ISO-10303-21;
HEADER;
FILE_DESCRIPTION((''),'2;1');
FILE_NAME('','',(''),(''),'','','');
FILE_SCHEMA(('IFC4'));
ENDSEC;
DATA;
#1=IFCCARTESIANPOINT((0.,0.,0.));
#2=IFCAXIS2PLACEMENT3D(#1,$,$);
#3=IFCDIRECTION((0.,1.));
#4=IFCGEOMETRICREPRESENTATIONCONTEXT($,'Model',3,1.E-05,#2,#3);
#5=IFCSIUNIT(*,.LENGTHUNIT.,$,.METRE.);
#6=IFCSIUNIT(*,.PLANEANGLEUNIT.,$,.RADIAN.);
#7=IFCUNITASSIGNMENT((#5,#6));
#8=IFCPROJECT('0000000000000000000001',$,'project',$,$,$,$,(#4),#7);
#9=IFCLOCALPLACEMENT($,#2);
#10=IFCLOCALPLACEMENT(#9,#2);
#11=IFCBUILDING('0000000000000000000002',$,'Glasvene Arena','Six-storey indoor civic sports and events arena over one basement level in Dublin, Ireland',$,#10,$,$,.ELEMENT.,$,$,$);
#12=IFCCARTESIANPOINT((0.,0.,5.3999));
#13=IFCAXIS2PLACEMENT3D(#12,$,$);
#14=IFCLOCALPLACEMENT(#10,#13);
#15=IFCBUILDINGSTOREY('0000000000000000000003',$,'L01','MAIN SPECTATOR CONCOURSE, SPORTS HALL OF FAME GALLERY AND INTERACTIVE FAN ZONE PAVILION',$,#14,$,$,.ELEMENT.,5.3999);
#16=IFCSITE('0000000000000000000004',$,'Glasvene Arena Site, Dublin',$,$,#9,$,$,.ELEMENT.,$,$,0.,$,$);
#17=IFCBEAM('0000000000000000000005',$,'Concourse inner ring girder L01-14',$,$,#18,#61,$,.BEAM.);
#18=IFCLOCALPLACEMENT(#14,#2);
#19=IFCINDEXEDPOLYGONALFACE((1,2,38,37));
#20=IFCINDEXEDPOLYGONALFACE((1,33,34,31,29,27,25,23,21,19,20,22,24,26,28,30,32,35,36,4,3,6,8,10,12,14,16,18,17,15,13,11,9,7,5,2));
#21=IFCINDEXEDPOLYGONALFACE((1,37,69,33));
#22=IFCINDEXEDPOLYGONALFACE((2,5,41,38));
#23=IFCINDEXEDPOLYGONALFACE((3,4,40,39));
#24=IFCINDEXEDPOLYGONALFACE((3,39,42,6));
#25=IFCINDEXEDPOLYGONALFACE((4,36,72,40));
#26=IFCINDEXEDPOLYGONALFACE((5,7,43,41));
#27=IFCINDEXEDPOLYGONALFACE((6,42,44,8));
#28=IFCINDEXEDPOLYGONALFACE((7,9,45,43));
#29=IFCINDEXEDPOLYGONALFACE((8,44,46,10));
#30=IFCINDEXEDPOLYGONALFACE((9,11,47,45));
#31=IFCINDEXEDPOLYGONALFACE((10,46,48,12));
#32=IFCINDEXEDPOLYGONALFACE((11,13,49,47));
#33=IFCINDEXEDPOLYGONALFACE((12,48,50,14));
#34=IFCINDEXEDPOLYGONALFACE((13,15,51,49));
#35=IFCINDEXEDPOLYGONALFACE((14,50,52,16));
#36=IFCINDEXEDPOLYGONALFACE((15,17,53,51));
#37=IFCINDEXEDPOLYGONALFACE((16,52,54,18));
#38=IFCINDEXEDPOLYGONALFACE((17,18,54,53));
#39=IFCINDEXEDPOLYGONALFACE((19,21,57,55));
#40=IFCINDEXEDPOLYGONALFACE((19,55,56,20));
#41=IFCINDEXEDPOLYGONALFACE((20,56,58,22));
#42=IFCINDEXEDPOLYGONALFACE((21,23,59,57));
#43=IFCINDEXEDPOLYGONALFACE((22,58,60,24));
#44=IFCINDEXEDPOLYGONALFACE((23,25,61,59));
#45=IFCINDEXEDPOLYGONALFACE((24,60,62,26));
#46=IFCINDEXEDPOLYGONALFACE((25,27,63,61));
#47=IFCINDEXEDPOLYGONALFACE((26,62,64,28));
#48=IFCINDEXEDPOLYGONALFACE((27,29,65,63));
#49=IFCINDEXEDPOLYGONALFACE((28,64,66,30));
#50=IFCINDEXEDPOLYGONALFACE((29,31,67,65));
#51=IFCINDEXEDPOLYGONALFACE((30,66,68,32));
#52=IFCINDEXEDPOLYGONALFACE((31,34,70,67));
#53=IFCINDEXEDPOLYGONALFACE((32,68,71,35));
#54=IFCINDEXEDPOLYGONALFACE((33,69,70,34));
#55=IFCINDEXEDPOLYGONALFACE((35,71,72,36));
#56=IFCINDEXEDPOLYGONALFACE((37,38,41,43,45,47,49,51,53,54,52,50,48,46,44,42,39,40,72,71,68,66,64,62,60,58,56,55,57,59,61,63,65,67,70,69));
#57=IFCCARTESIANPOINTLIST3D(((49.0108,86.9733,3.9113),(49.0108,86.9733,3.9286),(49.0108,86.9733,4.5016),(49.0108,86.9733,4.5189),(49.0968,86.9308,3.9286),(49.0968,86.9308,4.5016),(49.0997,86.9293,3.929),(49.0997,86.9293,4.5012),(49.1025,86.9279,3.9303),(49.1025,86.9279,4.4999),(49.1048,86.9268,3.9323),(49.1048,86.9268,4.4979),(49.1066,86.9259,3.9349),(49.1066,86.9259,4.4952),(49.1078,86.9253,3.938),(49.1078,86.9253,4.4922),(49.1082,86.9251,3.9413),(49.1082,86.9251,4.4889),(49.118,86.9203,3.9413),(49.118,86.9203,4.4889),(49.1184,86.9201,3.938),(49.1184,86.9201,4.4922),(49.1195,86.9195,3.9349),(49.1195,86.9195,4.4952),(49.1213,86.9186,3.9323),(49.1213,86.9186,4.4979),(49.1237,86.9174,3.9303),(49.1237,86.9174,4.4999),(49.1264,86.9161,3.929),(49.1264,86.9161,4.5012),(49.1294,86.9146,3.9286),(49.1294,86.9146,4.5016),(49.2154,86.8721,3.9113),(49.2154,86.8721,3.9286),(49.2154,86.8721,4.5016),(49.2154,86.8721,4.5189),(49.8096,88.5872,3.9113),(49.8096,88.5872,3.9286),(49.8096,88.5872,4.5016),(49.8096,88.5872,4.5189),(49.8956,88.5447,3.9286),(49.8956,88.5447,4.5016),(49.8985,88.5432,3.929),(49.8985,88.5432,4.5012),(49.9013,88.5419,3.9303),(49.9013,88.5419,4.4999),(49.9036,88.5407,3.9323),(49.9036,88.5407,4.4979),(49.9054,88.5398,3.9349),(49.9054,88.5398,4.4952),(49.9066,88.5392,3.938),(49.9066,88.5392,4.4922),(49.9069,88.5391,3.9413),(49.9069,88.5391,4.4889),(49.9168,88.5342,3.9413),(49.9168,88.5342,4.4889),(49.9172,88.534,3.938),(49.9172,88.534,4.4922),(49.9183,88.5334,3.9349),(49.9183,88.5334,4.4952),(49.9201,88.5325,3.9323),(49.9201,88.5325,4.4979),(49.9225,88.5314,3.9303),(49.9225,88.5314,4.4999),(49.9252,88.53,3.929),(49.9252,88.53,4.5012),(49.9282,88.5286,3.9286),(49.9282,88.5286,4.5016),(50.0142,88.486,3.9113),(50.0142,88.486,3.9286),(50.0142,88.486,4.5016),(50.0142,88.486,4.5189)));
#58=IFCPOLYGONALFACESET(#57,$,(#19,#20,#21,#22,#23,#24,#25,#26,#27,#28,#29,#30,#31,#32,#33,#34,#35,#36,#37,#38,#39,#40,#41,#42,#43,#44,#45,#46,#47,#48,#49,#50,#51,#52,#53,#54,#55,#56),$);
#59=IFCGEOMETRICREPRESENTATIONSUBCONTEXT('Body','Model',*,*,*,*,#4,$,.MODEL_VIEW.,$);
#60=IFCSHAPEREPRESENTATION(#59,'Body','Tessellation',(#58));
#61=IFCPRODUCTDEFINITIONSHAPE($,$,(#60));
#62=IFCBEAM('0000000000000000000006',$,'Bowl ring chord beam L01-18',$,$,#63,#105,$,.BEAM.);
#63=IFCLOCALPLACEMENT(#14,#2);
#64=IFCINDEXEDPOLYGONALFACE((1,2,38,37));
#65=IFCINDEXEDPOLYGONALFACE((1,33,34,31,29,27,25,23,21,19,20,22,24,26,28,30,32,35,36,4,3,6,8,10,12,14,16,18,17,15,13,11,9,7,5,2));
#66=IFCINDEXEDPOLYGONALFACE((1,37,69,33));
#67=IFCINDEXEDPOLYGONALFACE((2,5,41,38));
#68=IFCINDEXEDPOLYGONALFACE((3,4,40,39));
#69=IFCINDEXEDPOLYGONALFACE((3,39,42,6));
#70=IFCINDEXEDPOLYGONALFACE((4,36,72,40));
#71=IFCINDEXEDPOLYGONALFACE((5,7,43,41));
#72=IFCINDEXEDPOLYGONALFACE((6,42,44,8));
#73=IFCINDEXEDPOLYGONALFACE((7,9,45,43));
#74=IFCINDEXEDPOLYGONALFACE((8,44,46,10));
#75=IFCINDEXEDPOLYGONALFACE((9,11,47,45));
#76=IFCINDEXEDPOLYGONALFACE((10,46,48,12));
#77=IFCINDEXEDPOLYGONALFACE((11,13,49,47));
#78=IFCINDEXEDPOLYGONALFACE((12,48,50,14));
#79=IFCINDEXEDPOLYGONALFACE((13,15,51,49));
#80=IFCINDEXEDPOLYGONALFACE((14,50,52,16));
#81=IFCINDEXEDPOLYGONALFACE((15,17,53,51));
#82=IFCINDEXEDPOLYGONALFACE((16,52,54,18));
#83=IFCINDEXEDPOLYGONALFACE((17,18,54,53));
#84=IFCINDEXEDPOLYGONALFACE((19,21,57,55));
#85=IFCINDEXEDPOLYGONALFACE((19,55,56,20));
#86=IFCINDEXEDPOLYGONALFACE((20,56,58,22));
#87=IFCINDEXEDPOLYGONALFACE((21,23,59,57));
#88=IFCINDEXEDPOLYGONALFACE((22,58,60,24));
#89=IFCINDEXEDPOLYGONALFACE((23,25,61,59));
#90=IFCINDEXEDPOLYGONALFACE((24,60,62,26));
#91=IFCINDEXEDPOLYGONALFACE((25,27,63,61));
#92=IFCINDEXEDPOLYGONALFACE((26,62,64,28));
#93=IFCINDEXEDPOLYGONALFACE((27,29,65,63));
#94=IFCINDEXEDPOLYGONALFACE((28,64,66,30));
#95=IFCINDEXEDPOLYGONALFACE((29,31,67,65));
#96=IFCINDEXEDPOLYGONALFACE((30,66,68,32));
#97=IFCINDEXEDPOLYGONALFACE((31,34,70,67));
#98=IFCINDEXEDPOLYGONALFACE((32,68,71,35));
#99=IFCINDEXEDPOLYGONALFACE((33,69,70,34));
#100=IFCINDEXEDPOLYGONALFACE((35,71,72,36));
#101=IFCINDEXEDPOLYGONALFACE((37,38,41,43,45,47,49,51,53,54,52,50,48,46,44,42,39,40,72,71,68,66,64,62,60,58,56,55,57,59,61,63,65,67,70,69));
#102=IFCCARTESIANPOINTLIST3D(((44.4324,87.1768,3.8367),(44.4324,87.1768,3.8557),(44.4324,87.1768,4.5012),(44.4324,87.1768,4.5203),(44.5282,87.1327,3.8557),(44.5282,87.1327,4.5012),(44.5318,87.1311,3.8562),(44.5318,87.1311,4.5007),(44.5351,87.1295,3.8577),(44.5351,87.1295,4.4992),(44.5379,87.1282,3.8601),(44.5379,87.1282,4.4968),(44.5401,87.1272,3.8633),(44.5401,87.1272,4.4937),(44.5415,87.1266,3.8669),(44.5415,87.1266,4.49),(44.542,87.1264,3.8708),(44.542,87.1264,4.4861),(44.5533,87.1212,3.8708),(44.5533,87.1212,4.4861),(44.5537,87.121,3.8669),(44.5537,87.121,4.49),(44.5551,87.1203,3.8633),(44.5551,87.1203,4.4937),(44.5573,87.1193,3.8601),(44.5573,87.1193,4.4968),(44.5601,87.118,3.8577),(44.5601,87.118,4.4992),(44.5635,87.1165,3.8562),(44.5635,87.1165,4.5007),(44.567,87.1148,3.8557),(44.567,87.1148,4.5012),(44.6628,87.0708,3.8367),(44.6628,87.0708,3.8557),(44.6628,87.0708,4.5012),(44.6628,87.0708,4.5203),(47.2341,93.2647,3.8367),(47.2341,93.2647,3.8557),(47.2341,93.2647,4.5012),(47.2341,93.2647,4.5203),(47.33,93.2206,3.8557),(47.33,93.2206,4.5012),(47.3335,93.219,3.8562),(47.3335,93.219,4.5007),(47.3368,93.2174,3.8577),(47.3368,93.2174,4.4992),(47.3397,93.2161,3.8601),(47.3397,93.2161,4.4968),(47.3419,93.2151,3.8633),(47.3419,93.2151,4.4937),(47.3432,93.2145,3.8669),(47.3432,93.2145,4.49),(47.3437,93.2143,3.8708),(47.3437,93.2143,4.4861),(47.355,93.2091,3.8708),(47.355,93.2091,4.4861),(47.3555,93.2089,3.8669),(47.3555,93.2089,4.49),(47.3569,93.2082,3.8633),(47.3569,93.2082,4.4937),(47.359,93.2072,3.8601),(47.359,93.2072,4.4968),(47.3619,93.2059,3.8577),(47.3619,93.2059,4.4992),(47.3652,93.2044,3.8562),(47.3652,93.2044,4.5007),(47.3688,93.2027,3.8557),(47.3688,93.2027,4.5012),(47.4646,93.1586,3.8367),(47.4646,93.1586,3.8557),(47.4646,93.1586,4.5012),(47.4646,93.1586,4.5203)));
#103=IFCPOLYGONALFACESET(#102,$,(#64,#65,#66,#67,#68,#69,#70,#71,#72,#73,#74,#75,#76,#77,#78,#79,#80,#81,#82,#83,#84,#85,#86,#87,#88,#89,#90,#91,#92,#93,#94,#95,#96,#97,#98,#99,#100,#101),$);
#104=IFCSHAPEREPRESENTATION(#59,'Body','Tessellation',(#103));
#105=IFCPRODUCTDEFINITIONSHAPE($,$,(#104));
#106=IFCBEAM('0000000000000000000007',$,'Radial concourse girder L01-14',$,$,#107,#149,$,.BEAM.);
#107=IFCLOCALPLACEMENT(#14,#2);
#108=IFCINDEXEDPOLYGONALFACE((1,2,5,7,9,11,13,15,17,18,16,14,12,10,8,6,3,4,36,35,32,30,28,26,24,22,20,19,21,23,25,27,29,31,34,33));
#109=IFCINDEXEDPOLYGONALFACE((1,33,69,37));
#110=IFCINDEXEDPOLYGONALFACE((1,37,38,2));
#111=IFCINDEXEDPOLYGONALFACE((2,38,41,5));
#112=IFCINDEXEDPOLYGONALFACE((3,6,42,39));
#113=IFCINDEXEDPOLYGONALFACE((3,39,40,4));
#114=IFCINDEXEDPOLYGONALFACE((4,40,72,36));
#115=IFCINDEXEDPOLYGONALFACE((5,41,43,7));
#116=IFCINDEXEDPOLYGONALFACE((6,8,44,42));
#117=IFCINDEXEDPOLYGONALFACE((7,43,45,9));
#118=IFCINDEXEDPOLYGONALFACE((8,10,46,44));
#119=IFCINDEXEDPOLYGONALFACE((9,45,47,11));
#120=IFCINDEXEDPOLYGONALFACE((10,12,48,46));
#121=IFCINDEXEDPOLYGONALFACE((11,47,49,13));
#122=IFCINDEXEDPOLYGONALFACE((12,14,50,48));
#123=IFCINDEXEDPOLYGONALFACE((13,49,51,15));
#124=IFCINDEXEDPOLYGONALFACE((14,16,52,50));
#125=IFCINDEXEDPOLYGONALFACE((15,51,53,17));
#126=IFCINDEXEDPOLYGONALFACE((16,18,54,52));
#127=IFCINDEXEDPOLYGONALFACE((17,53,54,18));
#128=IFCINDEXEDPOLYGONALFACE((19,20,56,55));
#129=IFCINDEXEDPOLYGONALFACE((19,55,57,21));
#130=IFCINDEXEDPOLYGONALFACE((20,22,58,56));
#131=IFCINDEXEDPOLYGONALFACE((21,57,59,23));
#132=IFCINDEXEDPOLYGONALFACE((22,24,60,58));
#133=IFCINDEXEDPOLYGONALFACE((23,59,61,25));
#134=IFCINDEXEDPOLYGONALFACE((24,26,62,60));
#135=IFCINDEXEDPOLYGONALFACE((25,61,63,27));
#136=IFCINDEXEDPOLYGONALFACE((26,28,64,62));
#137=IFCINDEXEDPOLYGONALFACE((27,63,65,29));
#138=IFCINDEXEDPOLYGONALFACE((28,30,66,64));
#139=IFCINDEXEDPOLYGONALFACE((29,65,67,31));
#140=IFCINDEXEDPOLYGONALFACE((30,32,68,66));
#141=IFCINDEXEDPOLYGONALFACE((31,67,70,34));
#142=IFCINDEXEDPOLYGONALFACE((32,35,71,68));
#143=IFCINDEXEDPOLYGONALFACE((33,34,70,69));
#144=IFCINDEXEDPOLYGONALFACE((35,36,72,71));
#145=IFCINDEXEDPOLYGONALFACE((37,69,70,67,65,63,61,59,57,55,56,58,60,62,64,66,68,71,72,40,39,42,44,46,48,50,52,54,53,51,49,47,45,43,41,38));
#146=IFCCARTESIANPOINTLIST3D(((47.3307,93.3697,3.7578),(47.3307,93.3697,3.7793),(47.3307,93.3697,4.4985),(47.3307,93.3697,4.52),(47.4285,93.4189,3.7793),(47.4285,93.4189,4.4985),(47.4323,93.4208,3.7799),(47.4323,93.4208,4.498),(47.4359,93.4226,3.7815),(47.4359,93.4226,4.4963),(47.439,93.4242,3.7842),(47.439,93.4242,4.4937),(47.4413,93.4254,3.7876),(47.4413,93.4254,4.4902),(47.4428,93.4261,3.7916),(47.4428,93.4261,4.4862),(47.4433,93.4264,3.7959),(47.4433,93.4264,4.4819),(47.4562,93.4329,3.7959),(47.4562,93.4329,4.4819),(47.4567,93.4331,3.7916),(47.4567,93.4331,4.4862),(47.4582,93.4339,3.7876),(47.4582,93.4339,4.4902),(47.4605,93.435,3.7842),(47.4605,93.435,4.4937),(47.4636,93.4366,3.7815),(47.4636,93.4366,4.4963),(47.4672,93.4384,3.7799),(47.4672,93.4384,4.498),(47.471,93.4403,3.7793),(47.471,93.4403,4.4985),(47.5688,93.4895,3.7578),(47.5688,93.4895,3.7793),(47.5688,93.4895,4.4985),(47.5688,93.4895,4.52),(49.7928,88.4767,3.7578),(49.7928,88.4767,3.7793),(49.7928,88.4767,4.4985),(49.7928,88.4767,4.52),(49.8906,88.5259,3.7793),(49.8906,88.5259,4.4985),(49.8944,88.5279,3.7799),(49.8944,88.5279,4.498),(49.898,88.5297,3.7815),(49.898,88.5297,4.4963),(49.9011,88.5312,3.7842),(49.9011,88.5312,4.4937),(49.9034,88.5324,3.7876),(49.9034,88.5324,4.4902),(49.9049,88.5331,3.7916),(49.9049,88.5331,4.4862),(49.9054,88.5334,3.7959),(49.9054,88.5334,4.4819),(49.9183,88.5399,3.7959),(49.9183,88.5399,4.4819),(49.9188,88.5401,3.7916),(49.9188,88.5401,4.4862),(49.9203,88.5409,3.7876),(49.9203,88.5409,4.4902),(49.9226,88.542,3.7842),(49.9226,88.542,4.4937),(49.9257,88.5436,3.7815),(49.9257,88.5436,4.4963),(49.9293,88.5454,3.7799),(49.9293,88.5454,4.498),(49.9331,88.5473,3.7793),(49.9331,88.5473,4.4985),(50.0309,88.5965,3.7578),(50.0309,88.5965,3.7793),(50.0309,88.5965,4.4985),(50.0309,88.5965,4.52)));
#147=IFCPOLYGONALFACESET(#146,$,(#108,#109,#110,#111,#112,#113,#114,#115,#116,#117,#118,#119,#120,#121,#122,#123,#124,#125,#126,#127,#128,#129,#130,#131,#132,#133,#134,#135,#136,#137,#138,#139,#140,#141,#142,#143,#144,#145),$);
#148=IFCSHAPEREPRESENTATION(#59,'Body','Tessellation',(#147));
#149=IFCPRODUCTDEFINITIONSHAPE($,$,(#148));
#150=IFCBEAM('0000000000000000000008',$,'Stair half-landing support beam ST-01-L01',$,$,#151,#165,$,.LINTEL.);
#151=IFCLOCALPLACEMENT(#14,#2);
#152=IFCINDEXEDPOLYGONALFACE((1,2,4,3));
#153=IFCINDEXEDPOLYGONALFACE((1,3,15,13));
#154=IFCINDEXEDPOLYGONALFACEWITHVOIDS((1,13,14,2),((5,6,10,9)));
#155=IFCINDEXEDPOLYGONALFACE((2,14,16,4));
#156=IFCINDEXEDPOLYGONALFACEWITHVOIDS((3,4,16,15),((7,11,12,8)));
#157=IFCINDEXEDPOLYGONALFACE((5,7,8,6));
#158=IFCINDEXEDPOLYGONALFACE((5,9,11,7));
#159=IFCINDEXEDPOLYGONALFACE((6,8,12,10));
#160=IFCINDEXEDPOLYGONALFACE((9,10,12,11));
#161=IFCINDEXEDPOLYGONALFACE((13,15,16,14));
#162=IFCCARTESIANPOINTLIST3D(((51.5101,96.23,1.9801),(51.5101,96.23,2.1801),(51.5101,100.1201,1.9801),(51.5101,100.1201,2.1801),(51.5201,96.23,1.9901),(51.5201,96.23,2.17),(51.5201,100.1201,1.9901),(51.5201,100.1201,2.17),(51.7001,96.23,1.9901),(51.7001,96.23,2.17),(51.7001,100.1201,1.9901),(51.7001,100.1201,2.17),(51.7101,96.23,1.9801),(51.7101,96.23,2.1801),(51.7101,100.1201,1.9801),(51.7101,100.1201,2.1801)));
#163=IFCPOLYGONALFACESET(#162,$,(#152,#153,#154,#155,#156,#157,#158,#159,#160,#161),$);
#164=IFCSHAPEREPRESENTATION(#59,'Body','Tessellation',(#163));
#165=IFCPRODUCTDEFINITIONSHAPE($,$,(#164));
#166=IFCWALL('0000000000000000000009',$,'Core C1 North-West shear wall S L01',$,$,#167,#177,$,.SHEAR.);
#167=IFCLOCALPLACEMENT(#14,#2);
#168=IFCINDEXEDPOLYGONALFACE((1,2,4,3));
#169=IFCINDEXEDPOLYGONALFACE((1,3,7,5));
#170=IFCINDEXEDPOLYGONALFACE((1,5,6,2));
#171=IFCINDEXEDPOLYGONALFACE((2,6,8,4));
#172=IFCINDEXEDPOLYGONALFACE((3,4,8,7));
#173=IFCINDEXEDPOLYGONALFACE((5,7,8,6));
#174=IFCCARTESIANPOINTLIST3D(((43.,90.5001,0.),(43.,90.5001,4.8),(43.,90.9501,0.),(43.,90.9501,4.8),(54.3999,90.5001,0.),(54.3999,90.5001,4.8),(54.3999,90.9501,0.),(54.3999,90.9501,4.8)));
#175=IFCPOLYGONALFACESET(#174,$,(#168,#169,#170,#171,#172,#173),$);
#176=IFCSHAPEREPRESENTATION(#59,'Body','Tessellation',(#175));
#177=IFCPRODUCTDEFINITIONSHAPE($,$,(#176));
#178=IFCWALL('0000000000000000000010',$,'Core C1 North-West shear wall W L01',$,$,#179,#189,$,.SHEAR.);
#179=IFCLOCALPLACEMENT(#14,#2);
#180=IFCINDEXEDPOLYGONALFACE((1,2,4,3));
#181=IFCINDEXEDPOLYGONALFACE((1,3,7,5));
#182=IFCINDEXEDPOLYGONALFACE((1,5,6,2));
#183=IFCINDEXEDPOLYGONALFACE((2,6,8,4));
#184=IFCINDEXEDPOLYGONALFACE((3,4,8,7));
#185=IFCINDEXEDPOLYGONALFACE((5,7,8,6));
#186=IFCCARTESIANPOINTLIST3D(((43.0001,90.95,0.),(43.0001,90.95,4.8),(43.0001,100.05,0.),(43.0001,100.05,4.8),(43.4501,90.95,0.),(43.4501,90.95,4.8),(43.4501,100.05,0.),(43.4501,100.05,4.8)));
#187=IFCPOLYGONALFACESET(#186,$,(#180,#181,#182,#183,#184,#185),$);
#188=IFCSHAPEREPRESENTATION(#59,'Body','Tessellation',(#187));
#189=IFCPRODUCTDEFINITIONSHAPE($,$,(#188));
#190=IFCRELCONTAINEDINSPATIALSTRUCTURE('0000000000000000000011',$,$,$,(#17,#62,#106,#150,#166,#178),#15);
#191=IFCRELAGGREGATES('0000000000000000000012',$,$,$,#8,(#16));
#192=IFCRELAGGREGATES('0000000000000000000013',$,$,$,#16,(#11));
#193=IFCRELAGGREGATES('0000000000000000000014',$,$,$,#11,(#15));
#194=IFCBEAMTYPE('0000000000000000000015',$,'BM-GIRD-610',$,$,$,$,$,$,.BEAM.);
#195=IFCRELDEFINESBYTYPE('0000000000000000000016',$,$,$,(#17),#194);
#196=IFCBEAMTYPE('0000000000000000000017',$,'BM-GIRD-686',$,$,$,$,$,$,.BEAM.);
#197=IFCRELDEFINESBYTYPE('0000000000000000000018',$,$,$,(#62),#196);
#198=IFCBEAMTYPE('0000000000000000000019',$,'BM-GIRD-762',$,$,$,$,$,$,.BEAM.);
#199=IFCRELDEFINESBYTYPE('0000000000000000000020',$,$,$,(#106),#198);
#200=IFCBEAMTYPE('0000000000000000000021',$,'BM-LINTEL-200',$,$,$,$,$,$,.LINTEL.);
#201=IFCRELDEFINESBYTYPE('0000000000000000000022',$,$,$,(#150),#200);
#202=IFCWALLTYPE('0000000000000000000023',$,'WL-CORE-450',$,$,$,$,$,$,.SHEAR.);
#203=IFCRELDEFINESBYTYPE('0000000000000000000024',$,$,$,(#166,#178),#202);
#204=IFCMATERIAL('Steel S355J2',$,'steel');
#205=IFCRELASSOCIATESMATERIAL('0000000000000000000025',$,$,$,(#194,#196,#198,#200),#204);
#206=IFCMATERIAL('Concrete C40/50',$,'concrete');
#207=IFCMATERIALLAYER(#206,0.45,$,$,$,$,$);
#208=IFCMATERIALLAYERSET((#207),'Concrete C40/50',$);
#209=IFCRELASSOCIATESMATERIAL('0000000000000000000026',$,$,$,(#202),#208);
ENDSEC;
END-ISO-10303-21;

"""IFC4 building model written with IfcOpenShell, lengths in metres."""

from ifc_helpers import new_model, si_unit, direction, frame, frame_2d, origin, origin_2d, place, context, subcontext, project, spatial, rectangle, hollow_rectangle, i_section, extrude, material, layer, layer_set, material_profile, profile_set, type_object, element, save


model = new_model("IFC4")

# Units and contexts
model_context = context("Model", 3, precision=1e-05, world=origin(), true_north=direction((0.0, 1.0)))
body_context = subcontext(model_context, "Body", "Model", "MODEL_VIEW")
ifc_project = project(units=[si_unit("LENGTHUNIT", "METRE"), si_unit("PLANEANGLEUNIT", "RADIAN")], contexts=[model_context])

# Site, building, storey
site_placement = place(None, origin())
site = spatial("IfcSite", under=ifc_project, at=site_placement, Name="Glasvene Arena Site, Dublin", CompositionType="ELEMENT", RefElevation=0.0)
building_placement = place(site_placement, origin())
building = spatial("IfcBuilding", under=site, at=building_placement, Name="Glasvene Arena", Description="Six-storey indoor civic sports and events arena over one basement level in Dublin, Ireland", CompositionType="ELEMENT")
storey_placement = place(building_placement, frame((0.0, 0.0, 5.3999)))
storey = spatial("IfcBuildingStorey", under=building, at=storey_placement, Name="L01", Description="MAIN SPECTATOR CONCOURSE, SPORTS HALL OF FAME GALLERY AND INTERACTIVE FAN ZONE PAVILION", CompositionType="ELEMENT", Elevation=5.3999)

# Shared definitions
ifc_material_1 = material(Name="Concrete C40/50", Category="concrete")
ifc_material_2 = material(Name="Steel S355J2", Category="steel")

# Beams
ifc_material_profile_1 = material_profile(ifc_material_2, i_section(OverallWidth=0.2283, OverallDepth=0.6077, WebThickness=0.011, FlangeThickness=0.0173, FilletRadius=0.0127, at=origin_2d()), Name="UKB 610x229x113")
ifc_profile_set_1 = profile_set([ifc_material_profile_1], Name="Steel S355J2")
beam_type_1 = type_object("IfcBeamType", Name="BM-GIRD-610", PredefinedType="BEAM", material=ifc_profile_set_1)
beam_1_placement = place(storey_placement, frame((49.9119, 88.5366, 4.2151), z_axis=(-0.443577, -0.896236, 0.0), x_axis=(0.896236, -0.443577, 0.0)))
element("IfcBeam", 1, at=beam_1_placement, inside=storey, type_object=beam_type_1, Name="Concourse inner ring girder L01-14", PredefinedType="BEAM", context=body_context, shape_type="SweptSolid", body=[
    extrude(i_section(OverallWidth=0.2283, OverallDepth=0.6077, WebThickness=0.011, FlangeThickness=0.0173, FilletRadius=0.0127, at=origin_2d()), origin(), (0.0, 0.0, 1.0), 1.8008),
])
ifc_material_profile_2 = material_profile(ifc_material_2, i_section(OverallWidth=0.2537, OverallDepth=0.6836, WebThickness=0.0125, FlangeThickness=0.019, FilletRadius=0.0151, at=origin_2d()), Name="UKB 686x254x140")
ifc_profile_set_2 = profile_set([ifc_material_profile_2], Name="Steel S355J2")
beam_type_2 = type_object("IfcBeamType", Name="BM-GIRD-686", PredefinedType="BEAM", material=ifc_profile_set_2)
beam_2_placement = place(storey_placement, frame((47.3494, 93.2117, 4.1785), z_axis=(-0.418069, -0.908415, 0.0), x_axis=(0.908415, -0.418069, 0.0)))
element("IfcBeam", 2, at=beam_2_placement, inside=storey, type_object=beam_type_2, Name="Bowl ring chord beam L01-18", PredefinedType="BEAM", context=body_context, shape_type="SweptSolid", body=[
    extrude(i_section(OverallWidth=0.2537, OverallDepth=0.6836, WebThickness=0.0125, FlangeThickness=0.019, FilletRadius=0.0151, at=origin_2d()), origin(), (0.0, 0.0, 1.0), 6.7017),
])
ifc_material_profile_3 = material_profile(ifc_material_2, i_section(OverallWidth=0.2666, OverallDepth=0.7622, WebThickness=0.0144, FlangeThickness=0.0215, FilletRadius=0.0166, at=origin_2d()), Name="UKB 762x267x173")
ifc_profile_set_3 = profile_set([ifc_material_profile_3], Name="Steel S355J2")
beam_type_3 = type_object("IfcBeamType", Name="BM-GIRD-762", PredefinedType="BEAM", material=ifc_profile_set_3)
beam_3_placement = place(storey_placement, frame((49.9119, 88.5366, 4.1389), z_axis=(-0.449494, 0.893283, 0.0), x_axis=(-0.893283, -0.449494, 0.0)))
element("IfcBeam", 3, at=beam_3_placement, inside=storey, type_object=beam_type_3, Name="Radial concourse girder L01-14", PredefinedType="BEAM", context=body_context, shape_type="SweptSolid", body=[
    extrude(i_section(OverallWidth=0.2666, OverallDepth=0.7622, WebThickness=0.0144, FlangeThickness=0.0215, FilletRadius=0.0166, at=origin_2d()), origin(), (0.0, 0.0, 1.0), 5.4775),
])
ifc_material_profile_4 = material_profile(ifc_material_2, hollow_rectangle(XDim=0.2, YDim=0.2, WallThickness=0.01, at=origin_2d()), Name="SHS 200x200x10.0")
ifc_profile_set_4 = profile_set([ifc_material_profile_4], Name="Steel S355J2")
beam_type_4 = type_object("IfcBeamType", Name="BM-LINTEL-200", PredefinedType="LINTEL", material=ifc_profile_set_4)
beam_4_placement = place(storey_placement, frame((51.6101, 96.23, 2.0801), z_axis=(0.0, 1.0, 0.0), x_axis=(-1.0, 0.0, 0.0)))
element("IfcBeam", 4, at=beam_4_placement, inside=storey, type_object=beam_type_4, Name="Stair half-landing support beam ST-01-L01", PredefinedType="LINTEL", context=body_context, shape_type="SweptSolid", body=[
    extrude(hollow_rectangle(XDim=0.2, YDim=0.2, WallThickness=0.01, at=origin_2d()), origin(), (0.0, 0.0, 1.0), 3.8901),
])

# Walls
ifc_layer_1 = layer(ifc_material_1, 0.45)
ifc_layer_set_1 = layer_set([ifc_layer_1], Name="Concrete C40/50")
wall_type_1 = type_object("IfcWallType", Name="WL-CORE-450", PredefinedType="SHEAR", material=ifc_layer_set_1)
wall_1_placement = place(storey_placement, frame((43.0, 90.7251, 0.0), z_axis=(0.0, 0.0, 1.0), x_axis=(1.0, 0.0, 0.0)))
element("IfcWall", 5, at=wall_1_placement, inside=storey, type_object=wall_type_1, Name="Core C1 North-West shear wall S L01", PredefinedType="SHEAR", context=body_context, shape_type="SweptSolid", body=[
    extrude(rectangle(XDim=11.3999, YDim=0.45, at=frame_2d((5.7, 0.0))), origin(), (0.0, 0.0, 1.0), 4.8),
])
wall_2_placement = place(storey_placement, frame((43.2251, 90.95, 0.0), z_axis=(0.0, 0.0, 1.0), x_axis=(0.0, 1.0, 0.0)))
element("IfcWall", 6, at=wall_2_placement, inside=storey, type_object=wall_type_1, Name="Core C1 North-West shear wall W L01", PredefinedType="SHEAR", context=body_context, shape_type="SweptSolid", body=[
    extrude(rectangle(XDim=9.1001, YDim=0.45, at=frame_2d((4.55, 0.0))), origin(), (0.0, 0.0, 1.0), 4.8),
])

save(model, "model.ifc")
